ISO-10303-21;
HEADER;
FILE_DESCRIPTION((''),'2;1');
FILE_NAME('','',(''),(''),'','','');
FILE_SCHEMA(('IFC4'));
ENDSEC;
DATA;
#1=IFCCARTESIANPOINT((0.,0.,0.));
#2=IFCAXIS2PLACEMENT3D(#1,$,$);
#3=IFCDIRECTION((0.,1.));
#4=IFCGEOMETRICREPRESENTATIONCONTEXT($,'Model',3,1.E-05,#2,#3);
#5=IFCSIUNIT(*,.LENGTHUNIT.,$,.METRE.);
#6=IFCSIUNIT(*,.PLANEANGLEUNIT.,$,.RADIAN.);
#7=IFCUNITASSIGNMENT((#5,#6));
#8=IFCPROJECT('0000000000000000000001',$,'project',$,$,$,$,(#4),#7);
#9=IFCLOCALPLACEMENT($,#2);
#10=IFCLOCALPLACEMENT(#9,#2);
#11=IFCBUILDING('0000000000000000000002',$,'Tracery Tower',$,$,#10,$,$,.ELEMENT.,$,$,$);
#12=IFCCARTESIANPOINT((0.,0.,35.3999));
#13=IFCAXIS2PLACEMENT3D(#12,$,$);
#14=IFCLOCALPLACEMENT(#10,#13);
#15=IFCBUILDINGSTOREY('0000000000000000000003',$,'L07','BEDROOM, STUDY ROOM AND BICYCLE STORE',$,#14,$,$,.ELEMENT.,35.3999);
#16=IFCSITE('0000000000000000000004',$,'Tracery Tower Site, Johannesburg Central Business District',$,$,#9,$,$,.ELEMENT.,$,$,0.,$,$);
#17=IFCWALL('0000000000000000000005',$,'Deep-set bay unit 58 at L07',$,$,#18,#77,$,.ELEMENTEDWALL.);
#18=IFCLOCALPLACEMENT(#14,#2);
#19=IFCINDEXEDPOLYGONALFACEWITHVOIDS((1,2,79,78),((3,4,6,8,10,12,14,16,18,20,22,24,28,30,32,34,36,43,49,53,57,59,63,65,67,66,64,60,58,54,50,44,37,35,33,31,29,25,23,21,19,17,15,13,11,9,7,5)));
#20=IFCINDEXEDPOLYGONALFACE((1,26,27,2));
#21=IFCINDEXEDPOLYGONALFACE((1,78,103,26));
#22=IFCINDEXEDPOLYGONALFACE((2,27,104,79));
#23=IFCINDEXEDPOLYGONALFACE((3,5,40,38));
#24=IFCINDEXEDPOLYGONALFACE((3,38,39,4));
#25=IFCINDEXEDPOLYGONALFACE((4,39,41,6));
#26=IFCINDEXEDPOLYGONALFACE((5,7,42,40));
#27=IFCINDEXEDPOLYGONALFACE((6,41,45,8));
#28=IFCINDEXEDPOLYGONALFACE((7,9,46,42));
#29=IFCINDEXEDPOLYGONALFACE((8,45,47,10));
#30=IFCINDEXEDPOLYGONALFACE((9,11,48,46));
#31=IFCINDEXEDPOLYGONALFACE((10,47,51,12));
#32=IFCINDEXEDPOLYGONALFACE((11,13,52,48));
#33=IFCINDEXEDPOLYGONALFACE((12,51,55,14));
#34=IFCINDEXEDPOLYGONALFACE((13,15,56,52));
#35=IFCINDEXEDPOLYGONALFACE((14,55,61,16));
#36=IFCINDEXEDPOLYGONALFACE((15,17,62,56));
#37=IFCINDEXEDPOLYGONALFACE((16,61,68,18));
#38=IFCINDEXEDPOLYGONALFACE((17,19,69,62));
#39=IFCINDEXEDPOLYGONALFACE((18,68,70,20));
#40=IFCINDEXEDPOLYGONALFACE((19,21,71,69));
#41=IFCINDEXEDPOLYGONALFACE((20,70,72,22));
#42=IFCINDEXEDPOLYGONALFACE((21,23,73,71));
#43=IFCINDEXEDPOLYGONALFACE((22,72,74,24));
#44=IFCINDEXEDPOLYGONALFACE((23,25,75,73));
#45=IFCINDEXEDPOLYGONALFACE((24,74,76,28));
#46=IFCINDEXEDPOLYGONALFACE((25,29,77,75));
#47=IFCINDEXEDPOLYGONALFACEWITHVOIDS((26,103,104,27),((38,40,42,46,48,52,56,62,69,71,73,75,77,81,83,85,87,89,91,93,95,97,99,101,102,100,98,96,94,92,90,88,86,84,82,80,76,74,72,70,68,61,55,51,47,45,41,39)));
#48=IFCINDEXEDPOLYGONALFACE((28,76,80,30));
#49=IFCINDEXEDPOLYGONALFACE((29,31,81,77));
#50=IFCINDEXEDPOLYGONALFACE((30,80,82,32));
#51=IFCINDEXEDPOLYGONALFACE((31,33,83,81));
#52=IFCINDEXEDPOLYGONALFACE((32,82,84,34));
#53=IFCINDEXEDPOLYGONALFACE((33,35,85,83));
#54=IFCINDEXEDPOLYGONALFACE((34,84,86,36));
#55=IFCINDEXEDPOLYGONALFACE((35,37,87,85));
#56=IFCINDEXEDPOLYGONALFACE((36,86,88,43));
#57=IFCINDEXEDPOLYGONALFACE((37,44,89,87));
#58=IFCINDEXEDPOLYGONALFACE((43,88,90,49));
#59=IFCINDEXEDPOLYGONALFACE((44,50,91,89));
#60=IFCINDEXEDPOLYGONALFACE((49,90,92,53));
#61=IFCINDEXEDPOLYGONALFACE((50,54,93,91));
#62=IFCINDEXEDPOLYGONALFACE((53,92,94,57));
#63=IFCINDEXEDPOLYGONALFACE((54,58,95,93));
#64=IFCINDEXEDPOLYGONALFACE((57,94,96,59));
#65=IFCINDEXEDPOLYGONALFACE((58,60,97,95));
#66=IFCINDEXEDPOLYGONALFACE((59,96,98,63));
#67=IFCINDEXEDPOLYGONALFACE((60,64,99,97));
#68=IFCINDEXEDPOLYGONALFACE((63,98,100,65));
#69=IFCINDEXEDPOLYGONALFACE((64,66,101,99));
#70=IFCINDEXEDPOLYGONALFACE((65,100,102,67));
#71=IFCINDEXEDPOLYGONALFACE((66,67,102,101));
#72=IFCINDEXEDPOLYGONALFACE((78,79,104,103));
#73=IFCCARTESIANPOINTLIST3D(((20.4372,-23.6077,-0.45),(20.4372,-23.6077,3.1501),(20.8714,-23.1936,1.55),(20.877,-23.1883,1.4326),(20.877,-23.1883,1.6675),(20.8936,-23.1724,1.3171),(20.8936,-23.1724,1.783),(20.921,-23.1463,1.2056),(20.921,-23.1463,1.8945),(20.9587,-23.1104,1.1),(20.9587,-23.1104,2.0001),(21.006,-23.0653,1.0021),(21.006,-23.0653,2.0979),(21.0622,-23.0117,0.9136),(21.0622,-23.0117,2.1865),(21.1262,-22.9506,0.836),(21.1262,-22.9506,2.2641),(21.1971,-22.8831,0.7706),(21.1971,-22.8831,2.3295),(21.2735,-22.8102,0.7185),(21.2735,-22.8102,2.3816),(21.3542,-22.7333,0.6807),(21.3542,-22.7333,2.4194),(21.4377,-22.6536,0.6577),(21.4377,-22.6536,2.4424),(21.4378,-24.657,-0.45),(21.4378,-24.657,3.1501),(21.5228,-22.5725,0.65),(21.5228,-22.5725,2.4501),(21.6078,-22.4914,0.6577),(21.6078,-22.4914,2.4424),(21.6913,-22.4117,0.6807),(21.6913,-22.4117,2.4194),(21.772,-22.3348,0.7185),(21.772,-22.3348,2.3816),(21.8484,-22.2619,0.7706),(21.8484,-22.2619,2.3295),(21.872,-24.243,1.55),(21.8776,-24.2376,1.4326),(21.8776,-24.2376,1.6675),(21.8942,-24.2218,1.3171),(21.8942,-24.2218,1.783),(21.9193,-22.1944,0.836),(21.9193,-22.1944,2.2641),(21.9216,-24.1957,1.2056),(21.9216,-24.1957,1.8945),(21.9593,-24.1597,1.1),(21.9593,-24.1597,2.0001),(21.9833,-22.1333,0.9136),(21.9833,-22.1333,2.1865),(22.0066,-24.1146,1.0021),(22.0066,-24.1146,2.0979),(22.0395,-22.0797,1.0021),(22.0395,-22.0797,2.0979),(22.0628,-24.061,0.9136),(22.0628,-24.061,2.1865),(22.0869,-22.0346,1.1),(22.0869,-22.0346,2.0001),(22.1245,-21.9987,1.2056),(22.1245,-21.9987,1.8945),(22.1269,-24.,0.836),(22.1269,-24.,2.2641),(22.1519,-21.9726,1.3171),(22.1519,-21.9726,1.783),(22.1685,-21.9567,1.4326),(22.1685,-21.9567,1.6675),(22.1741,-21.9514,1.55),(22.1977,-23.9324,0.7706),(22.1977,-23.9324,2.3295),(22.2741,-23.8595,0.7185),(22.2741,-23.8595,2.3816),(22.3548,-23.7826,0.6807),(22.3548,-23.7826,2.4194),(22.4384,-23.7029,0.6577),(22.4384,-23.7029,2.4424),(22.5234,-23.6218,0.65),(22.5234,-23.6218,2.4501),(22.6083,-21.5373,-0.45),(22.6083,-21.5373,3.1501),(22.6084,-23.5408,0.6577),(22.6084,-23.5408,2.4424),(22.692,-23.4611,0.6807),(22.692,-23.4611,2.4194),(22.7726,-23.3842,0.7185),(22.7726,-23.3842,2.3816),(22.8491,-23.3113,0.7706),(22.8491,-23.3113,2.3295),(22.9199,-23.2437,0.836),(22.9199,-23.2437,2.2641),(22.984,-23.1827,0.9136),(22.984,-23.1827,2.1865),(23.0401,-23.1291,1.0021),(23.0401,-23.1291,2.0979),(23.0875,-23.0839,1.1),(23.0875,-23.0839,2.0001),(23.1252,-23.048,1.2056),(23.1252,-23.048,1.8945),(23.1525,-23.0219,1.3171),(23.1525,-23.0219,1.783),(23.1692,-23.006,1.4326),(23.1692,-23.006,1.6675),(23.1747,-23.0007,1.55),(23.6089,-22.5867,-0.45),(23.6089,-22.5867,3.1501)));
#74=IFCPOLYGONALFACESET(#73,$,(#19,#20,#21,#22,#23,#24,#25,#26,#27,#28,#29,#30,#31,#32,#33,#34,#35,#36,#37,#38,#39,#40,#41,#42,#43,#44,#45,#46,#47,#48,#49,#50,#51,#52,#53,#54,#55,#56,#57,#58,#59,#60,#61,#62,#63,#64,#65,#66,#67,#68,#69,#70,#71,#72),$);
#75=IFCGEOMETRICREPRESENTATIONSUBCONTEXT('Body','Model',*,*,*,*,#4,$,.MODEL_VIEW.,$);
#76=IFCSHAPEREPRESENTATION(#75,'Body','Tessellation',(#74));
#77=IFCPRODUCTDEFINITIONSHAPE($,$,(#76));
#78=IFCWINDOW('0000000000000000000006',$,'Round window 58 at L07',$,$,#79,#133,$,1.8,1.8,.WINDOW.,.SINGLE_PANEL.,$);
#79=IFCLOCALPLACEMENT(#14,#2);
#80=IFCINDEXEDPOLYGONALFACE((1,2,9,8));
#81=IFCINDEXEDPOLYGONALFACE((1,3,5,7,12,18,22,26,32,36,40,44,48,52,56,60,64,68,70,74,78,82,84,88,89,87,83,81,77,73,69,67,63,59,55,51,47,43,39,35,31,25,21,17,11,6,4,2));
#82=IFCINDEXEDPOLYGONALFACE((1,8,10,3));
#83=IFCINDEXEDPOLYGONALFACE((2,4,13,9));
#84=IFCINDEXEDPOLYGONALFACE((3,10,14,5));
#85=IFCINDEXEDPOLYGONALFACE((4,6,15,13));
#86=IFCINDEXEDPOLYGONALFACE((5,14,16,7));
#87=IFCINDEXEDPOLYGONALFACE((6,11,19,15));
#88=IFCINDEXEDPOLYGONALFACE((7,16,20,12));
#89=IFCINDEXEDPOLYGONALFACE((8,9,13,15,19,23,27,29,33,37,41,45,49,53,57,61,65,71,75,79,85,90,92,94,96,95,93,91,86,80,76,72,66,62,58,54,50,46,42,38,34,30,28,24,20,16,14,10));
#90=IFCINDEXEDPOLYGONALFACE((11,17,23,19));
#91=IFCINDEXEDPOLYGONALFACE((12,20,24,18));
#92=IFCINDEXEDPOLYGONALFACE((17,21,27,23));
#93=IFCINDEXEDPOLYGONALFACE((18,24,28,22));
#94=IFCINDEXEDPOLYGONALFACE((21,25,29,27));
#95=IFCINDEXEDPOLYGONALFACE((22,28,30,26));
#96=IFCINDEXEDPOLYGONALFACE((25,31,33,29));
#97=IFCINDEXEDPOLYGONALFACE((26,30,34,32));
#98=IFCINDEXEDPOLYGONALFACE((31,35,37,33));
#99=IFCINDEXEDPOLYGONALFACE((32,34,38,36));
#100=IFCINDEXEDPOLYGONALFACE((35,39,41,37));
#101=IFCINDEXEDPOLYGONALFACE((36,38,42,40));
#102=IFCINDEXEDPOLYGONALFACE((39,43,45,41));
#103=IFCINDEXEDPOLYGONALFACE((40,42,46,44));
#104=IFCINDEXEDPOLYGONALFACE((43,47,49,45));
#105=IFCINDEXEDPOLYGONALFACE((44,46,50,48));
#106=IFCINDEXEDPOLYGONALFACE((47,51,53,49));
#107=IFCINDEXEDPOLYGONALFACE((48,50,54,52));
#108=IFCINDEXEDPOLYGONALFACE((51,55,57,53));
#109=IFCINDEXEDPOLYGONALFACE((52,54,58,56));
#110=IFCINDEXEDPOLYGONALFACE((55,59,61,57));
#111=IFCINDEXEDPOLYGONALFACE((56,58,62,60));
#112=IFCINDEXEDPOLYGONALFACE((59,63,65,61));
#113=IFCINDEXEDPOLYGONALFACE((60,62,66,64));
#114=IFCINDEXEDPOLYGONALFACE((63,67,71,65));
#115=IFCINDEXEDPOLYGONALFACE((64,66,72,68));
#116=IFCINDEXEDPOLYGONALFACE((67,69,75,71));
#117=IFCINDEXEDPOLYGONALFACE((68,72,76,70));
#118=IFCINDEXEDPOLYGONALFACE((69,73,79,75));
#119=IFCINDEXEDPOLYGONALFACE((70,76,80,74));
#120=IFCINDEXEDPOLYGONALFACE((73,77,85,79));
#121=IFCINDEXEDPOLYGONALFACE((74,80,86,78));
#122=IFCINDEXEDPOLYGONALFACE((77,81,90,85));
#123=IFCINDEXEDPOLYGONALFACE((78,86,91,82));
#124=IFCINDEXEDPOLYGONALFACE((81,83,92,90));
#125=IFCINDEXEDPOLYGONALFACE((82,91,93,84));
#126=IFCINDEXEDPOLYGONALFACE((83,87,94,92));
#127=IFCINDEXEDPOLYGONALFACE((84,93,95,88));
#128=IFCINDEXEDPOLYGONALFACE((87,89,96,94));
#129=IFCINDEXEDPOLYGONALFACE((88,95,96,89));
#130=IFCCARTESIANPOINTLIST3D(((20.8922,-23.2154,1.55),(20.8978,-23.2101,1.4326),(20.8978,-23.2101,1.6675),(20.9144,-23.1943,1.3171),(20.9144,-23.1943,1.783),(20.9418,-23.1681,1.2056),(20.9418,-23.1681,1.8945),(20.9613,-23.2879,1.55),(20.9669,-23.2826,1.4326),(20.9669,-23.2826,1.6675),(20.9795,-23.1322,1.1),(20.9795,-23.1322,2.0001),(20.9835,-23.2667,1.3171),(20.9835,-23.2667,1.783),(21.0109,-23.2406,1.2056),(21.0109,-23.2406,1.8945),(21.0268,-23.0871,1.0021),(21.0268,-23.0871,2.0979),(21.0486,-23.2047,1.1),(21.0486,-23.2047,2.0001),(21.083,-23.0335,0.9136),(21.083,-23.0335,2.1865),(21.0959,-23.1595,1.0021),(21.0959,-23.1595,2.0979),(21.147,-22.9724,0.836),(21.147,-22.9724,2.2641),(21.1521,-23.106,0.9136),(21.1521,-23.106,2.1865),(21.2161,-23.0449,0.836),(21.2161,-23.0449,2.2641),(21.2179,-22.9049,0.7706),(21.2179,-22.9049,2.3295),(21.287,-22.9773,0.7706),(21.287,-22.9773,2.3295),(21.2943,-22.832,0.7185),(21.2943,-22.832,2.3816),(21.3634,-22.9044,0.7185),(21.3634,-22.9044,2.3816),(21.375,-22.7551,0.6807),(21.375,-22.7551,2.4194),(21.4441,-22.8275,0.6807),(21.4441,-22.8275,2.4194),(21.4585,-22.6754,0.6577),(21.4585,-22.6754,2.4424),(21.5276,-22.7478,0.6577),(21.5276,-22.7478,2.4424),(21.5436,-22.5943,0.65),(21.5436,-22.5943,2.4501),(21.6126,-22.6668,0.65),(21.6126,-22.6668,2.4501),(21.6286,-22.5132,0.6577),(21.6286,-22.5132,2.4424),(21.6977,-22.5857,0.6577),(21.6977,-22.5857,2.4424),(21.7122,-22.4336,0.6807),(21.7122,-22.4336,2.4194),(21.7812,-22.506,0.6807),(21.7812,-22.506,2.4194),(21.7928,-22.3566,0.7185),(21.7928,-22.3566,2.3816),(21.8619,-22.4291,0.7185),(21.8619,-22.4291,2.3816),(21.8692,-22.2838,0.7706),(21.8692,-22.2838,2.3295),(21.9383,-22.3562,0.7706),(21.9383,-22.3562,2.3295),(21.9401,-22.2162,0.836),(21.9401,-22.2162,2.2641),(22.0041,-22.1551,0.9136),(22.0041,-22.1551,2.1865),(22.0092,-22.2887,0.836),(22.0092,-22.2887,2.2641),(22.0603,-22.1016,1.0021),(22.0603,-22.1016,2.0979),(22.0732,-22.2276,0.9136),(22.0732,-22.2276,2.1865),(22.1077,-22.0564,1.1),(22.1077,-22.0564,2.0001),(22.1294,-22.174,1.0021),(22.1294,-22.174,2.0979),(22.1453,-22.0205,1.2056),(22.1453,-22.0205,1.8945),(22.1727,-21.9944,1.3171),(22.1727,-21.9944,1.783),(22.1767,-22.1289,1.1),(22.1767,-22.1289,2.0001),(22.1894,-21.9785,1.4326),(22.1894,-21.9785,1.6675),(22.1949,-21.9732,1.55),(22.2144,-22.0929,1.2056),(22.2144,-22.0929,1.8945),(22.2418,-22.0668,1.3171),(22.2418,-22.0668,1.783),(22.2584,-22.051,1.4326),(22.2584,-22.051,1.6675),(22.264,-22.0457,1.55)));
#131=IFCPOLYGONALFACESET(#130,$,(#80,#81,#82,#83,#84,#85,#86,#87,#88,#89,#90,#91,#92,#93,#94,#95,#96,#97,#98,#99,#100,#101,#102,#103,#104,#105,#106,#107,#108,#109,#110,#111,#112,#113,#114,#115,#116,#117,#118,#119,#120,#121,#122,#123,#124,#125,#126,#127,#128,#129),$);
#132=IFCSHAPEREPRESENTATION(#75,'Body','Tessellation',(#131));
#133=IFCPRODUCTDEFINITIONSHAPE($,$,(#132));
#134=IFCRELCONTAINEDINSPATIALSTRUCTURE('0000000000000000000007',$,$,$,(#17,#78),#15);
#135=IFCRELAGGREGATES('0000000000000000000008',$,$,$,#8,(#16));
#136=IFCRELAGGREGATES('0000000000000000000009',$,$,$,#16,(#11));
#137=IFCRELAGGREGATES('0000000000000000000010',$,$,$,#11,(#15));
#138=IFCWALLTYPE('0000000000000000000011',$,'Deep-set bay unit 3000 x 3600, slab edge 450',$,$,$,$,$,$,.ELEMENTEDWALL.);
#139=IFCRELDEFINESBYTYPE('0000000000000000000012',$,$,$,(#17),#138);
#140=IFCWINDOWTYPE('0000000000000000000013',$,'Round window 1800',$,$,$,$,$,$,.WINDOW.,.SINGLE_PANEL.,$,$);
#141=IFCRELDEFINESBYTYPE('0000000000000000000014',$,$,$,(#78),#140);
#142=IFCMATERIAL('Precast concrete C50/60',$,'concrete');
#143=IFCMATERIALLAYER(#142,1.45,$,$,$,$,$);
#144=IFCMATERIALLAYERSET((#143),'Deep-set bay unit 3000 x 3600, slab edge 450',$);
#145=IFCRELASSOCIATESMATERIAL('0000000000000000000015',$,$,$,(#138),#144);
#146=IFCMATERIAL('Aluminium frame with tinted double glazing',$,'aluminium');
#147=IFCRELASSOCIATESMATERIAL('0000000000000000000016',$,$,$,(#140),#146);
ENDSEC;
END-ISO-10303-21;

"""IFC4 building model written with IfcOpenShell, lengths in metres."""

from ifc_helpers import new_model, si_unit, direction, frame, frame_2d, origin, origin_2d, place, context, subcontext, project, spatial, rectangle, circle, extrude, material, layer, layer_set, type_object, element, fill, save


model = new_model("IFC4")

# Units and contexts
model_context = context("Model", 3, precision=1e-05, world=origin(), true_north=direction((0.0, 1.0)))
body_context = subcontext(model_context, "Body", "Model", "MODEL_VIEW")
ifc_project = project(units=[si_unit("LENGTHUNIT", "METRE"), si_unit("PLANEANGLEUNIT", "RADIAN")], contexts=[model_context])

# Site, building, storey
site_placement = place(None, origin())
site = spatial("IfcSite", under=ifc_project, at=site_placement, Name="Tracery Tower Site, Johannesburg Central Business District", CompositionType="ELEMENT", RefElevation=0.0)
building_placement = place(site_placement, origin())
building = spatial("IfcBuilding", under=site, at=building_placement, Name="Tracery Tower", CompositionType="ELEMENT")
storey_placement = place(building_placement, frame((0.0, 0.0, 35.3999)))
storey = spatial("IfcBuildingStorey", under=building, at=storey_placement, Name="L07", Description="BEDROOM, STUDY ROOM AND BICYCLE STORE", CompositionType="ELEMENT", Elevation=35.3999)

# Wall, opening, window
ifc_material_1 = material(Name="Precast concrete C50/60", Category="concrete")
ifc_layer_1 = layer(ifc_material_1, 1.45)
ifc_layer_set_1 = layer_set([ifc_layer_1], Name="Deep-set bay unit 3000 x 3600, slab edge 450")
wall_type_1 = type_object("IfcWallType", Name="Deep-set bay unit 3000 x 3600, slab edge 450", PredefinedType="ELEMENTEDWALL", material=ifc_layer_set_1)
ifc_material_2 = material(Name="Aluminium frame with tinted double glazing", Category="aluminium")
window_type = type_object("IfcWindowType", Name="Round window 1800", PartitioningType="SINGLE_PANEL", PredefinedType="WINDOW", material=ifc_material_2)
wall_1_placement = place(storey_placement, frame((20.9375, -24.1323, -0.45), z_axis=(0.0, 0.0, 1.0), x_axis=(0.723712, 0.690102, 0.0)))
wall_1 = element("IfcWall", 1, at=wall_1_placement, inside=storey, type_object=wall_type_1, Name="Deep-set bay unit 58 at L07", PredefinedType="ELEMENTEDWALL", context=body_context, shape_type="SweptSolid", body=[
    extrude(rectangle(XDim=3.0, YDim=1.45, at=frame_2d((1.5, 0.0))), origin(), (0.0, 0.0, 1.0), 3.6001),
])
opening_1_placement = place(wall_1_placement, frame((1.5, 0.0, 2.0)))
opening_1 = element("IfcOpeningElement", 2, at=opening_1_placement, cuts=wall_1, PredefinedType="OPENING", context=body_context, shape_type="SweptSolid", body=[
    extrude(circle(Radius=0.9, at=origin_2d()), frame((0.0, 0.7349, 0.0), z_axis=(0.0, -1.0, 0.0), x_axis=(1.0, 0.0, 0.0)), (0.0, 0.0, 1.0), 1.47),
])
window_1_placement = place(opening_1_placement, origin())
window_1 = element("IfcWindow", 3, at=window_1_placement, inside=storey, type_object=window_type, Name="Round window 58 at L07", OverallHeight=1.8, OverallWidth=1.8, PartitioningType="SINGLE_PANEL", PredefinedType="WINDOW", context=body_context, shape_type="SweptSolid", body=[
    extrude(circle(Radius=0.9, at=origin_2d()), frame((0.0, 0.6948, 0.0), z_axis=(0.0, -1.0, 0.0), x_axis=(1.0, 0.0, 0.0)), (0.0, 0.0, 1.0), 0.1001),
])
fill(opening_1, window_1)

save(model, "model.ifc")
